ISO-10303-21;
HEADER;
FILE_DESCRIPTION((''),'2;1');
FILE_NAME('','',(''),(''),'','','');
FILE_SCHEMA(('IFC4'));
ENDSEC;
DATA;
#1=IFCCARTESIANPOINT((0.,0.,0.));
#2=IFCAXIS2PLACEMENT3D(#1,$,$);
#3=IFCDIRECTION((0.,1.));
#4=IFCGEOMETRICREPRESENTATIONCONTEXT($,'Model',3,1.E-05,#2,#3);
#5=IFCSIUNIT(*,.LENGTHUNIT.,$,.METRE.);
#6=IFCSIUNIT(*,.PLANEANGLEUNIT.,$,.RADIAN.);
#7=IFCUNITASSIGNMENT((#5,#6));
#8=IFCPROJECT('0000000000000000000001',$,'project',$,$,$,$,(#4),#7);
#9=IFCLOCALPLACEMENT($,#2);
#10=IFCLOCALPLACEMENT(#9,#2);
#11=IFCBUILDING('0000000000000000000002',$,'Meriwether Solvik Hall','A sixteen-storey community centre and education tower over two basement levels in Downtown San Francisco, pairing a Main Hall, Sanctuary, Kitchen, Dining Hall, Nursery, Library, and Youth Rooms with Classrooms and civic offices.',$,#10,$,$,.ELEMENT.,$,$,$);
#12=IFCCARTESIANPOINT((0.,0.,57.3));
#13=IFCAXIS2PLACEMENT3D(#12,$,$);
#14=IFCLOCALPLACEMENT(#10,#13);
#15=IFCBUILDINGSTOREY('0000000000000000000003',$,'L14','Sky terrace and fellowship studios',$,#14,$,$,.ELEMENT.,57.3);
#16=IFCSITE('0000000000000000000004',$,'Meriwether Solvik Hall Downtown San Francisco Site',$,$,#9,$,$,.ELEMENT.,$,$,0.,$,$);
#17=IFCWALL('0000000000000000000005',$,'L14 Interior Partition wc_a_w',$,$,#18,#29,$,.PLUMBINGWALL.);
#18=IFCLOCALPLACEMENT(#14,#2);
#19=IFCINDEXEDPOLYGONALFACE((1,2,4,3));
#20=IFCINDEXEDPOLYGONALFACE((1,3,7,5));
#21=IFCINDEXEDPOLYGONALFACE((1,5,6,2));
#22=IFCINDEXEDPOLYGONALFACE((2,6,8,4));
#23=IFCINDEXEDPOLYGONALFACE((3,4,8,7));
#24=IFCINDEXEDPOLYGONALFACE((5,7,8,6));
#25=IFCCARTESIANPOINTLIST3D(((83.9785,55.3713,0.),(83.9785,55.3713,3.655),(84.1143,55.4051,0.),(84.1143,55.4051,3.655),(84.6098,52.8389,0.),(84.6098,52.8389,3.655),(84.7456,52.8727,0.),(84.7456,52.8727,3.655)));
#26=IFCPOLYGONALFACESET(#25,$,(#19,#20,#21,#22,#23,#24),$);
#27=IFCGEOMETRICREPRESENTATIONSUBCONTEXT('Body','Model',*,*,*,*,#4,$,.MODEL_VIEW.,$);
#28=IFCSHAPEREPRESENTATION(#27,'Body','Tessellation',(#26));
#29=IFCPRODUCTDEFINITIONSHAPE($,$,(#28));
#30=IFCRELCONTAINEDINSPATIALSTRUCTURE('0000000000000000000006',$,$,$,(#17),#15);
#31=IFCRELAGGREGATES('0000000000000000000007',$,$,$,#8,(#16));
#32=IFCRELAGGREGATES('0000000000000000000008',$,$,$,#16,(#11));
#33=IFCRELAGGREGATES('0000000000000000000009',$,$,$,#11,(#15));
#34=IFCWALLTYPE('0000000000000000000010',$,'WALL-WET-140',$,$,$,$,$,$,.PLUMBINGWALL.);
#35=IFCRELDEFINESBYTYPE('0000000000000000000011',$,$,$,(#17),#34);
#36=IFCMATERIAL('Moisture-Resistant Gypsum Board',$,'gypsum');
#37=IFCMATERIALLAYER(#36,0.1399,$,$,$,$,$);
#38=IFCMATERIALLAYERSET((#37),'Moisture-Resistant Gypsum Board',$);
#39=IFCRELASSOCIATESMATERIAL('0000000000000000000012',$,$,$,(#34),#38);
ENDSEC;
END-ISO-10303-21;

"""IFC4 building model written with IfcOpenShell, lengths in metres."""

from ifc_helpers import new_model, si_unit, direction, frame, frame_2d, origin, place, context, subcontext, project, spatial, rectangle, extrude, material, layer, layer_set, type_object, element, save


model = new_model("IFC4")

# Units and contexts
model_context = context("Model", 3, precision=1e-05, world=origin(), true_north=direction((0.0, 1.0)))
body_context = subcontext(model_context, "Body", "Model", "MODEL_VIEW")
ifc_project = project(units=[si_unit("LENGTHUNIT", "METRE"), si_unit("PLANEANGLEUNIT", "RADIAN")], contexts=[model_context])

# Site, building, storey
site_placement = place(None, origin())
site = spatial("IfcSite", under=ifc_project, at=site_placement, Name="Meriwether Solvik Hall Downtown San Francisco Site", CompositionType="ELEMENT", RefElevation=0.0)
building_placement = place(site_placement, origin())
building = spatial("IfcBuilding", under=site, at=building_placement, Name="Meriwether Solvik Hall", Description="A sixteen-storey community centre and education tower over two basement levels in Downtown San Francisco, pairing a Main Hall, Sanctuary, Kitchen, Dining Hall, Nursery, Library, and Youth Rooms with Classrooms and civic offices.", CompositionType="ELEMENT")
storey_placement = place(building_placement, frame((0.0, 0.0, 57.3)))
storey = spatial("IfcBuildingStorey", under=building, at=storey_placement, Name="L14", Description="Sky terrace and fellowship studios", CompositionType="ELEMENT", Elevation=57.3)

# Shared definitions
ifc_material_1 = material(Name="Moisture-Resistant Gypsum Board", Category="gypsum")
ifc_layer_1 = layer(ifc_material_1, 0.1399)
ifc_layer_set_1 = layer_set([ifc_layer_1], Name="Moisture-Resistant Gypsum Board")
wall_type_1 = type_object("IfcWallType", Name="WALL-WET-140", PredefinedType="PLUMBINGWALL", material=ifc_layer_set_1)

# Wall
wall_1_placement = place(storey_placement, frame((84.0464, 55.3882, 0.0), z_axis=(0.0, 0.0, 1.0), x_axis=(0.241897, -0.970302, 0.0)))
element("IfcWall", 1, at=wall_1_placement, inside=storey, type_object=wall_type_1, Name="L14 Interior Partition wc_a_w", PredefinedType="PLUMBINGWALL", context=body_context, shape_type="SweptSolid", body=[
    extrude(rectangle(XDim=2.6099, YDim=0.1399, at=frame_2d((1.3049, 0.0))), origin(), (0.0, 0.0, 1.0), 3.655),
])

save(model, "model.ifc")
